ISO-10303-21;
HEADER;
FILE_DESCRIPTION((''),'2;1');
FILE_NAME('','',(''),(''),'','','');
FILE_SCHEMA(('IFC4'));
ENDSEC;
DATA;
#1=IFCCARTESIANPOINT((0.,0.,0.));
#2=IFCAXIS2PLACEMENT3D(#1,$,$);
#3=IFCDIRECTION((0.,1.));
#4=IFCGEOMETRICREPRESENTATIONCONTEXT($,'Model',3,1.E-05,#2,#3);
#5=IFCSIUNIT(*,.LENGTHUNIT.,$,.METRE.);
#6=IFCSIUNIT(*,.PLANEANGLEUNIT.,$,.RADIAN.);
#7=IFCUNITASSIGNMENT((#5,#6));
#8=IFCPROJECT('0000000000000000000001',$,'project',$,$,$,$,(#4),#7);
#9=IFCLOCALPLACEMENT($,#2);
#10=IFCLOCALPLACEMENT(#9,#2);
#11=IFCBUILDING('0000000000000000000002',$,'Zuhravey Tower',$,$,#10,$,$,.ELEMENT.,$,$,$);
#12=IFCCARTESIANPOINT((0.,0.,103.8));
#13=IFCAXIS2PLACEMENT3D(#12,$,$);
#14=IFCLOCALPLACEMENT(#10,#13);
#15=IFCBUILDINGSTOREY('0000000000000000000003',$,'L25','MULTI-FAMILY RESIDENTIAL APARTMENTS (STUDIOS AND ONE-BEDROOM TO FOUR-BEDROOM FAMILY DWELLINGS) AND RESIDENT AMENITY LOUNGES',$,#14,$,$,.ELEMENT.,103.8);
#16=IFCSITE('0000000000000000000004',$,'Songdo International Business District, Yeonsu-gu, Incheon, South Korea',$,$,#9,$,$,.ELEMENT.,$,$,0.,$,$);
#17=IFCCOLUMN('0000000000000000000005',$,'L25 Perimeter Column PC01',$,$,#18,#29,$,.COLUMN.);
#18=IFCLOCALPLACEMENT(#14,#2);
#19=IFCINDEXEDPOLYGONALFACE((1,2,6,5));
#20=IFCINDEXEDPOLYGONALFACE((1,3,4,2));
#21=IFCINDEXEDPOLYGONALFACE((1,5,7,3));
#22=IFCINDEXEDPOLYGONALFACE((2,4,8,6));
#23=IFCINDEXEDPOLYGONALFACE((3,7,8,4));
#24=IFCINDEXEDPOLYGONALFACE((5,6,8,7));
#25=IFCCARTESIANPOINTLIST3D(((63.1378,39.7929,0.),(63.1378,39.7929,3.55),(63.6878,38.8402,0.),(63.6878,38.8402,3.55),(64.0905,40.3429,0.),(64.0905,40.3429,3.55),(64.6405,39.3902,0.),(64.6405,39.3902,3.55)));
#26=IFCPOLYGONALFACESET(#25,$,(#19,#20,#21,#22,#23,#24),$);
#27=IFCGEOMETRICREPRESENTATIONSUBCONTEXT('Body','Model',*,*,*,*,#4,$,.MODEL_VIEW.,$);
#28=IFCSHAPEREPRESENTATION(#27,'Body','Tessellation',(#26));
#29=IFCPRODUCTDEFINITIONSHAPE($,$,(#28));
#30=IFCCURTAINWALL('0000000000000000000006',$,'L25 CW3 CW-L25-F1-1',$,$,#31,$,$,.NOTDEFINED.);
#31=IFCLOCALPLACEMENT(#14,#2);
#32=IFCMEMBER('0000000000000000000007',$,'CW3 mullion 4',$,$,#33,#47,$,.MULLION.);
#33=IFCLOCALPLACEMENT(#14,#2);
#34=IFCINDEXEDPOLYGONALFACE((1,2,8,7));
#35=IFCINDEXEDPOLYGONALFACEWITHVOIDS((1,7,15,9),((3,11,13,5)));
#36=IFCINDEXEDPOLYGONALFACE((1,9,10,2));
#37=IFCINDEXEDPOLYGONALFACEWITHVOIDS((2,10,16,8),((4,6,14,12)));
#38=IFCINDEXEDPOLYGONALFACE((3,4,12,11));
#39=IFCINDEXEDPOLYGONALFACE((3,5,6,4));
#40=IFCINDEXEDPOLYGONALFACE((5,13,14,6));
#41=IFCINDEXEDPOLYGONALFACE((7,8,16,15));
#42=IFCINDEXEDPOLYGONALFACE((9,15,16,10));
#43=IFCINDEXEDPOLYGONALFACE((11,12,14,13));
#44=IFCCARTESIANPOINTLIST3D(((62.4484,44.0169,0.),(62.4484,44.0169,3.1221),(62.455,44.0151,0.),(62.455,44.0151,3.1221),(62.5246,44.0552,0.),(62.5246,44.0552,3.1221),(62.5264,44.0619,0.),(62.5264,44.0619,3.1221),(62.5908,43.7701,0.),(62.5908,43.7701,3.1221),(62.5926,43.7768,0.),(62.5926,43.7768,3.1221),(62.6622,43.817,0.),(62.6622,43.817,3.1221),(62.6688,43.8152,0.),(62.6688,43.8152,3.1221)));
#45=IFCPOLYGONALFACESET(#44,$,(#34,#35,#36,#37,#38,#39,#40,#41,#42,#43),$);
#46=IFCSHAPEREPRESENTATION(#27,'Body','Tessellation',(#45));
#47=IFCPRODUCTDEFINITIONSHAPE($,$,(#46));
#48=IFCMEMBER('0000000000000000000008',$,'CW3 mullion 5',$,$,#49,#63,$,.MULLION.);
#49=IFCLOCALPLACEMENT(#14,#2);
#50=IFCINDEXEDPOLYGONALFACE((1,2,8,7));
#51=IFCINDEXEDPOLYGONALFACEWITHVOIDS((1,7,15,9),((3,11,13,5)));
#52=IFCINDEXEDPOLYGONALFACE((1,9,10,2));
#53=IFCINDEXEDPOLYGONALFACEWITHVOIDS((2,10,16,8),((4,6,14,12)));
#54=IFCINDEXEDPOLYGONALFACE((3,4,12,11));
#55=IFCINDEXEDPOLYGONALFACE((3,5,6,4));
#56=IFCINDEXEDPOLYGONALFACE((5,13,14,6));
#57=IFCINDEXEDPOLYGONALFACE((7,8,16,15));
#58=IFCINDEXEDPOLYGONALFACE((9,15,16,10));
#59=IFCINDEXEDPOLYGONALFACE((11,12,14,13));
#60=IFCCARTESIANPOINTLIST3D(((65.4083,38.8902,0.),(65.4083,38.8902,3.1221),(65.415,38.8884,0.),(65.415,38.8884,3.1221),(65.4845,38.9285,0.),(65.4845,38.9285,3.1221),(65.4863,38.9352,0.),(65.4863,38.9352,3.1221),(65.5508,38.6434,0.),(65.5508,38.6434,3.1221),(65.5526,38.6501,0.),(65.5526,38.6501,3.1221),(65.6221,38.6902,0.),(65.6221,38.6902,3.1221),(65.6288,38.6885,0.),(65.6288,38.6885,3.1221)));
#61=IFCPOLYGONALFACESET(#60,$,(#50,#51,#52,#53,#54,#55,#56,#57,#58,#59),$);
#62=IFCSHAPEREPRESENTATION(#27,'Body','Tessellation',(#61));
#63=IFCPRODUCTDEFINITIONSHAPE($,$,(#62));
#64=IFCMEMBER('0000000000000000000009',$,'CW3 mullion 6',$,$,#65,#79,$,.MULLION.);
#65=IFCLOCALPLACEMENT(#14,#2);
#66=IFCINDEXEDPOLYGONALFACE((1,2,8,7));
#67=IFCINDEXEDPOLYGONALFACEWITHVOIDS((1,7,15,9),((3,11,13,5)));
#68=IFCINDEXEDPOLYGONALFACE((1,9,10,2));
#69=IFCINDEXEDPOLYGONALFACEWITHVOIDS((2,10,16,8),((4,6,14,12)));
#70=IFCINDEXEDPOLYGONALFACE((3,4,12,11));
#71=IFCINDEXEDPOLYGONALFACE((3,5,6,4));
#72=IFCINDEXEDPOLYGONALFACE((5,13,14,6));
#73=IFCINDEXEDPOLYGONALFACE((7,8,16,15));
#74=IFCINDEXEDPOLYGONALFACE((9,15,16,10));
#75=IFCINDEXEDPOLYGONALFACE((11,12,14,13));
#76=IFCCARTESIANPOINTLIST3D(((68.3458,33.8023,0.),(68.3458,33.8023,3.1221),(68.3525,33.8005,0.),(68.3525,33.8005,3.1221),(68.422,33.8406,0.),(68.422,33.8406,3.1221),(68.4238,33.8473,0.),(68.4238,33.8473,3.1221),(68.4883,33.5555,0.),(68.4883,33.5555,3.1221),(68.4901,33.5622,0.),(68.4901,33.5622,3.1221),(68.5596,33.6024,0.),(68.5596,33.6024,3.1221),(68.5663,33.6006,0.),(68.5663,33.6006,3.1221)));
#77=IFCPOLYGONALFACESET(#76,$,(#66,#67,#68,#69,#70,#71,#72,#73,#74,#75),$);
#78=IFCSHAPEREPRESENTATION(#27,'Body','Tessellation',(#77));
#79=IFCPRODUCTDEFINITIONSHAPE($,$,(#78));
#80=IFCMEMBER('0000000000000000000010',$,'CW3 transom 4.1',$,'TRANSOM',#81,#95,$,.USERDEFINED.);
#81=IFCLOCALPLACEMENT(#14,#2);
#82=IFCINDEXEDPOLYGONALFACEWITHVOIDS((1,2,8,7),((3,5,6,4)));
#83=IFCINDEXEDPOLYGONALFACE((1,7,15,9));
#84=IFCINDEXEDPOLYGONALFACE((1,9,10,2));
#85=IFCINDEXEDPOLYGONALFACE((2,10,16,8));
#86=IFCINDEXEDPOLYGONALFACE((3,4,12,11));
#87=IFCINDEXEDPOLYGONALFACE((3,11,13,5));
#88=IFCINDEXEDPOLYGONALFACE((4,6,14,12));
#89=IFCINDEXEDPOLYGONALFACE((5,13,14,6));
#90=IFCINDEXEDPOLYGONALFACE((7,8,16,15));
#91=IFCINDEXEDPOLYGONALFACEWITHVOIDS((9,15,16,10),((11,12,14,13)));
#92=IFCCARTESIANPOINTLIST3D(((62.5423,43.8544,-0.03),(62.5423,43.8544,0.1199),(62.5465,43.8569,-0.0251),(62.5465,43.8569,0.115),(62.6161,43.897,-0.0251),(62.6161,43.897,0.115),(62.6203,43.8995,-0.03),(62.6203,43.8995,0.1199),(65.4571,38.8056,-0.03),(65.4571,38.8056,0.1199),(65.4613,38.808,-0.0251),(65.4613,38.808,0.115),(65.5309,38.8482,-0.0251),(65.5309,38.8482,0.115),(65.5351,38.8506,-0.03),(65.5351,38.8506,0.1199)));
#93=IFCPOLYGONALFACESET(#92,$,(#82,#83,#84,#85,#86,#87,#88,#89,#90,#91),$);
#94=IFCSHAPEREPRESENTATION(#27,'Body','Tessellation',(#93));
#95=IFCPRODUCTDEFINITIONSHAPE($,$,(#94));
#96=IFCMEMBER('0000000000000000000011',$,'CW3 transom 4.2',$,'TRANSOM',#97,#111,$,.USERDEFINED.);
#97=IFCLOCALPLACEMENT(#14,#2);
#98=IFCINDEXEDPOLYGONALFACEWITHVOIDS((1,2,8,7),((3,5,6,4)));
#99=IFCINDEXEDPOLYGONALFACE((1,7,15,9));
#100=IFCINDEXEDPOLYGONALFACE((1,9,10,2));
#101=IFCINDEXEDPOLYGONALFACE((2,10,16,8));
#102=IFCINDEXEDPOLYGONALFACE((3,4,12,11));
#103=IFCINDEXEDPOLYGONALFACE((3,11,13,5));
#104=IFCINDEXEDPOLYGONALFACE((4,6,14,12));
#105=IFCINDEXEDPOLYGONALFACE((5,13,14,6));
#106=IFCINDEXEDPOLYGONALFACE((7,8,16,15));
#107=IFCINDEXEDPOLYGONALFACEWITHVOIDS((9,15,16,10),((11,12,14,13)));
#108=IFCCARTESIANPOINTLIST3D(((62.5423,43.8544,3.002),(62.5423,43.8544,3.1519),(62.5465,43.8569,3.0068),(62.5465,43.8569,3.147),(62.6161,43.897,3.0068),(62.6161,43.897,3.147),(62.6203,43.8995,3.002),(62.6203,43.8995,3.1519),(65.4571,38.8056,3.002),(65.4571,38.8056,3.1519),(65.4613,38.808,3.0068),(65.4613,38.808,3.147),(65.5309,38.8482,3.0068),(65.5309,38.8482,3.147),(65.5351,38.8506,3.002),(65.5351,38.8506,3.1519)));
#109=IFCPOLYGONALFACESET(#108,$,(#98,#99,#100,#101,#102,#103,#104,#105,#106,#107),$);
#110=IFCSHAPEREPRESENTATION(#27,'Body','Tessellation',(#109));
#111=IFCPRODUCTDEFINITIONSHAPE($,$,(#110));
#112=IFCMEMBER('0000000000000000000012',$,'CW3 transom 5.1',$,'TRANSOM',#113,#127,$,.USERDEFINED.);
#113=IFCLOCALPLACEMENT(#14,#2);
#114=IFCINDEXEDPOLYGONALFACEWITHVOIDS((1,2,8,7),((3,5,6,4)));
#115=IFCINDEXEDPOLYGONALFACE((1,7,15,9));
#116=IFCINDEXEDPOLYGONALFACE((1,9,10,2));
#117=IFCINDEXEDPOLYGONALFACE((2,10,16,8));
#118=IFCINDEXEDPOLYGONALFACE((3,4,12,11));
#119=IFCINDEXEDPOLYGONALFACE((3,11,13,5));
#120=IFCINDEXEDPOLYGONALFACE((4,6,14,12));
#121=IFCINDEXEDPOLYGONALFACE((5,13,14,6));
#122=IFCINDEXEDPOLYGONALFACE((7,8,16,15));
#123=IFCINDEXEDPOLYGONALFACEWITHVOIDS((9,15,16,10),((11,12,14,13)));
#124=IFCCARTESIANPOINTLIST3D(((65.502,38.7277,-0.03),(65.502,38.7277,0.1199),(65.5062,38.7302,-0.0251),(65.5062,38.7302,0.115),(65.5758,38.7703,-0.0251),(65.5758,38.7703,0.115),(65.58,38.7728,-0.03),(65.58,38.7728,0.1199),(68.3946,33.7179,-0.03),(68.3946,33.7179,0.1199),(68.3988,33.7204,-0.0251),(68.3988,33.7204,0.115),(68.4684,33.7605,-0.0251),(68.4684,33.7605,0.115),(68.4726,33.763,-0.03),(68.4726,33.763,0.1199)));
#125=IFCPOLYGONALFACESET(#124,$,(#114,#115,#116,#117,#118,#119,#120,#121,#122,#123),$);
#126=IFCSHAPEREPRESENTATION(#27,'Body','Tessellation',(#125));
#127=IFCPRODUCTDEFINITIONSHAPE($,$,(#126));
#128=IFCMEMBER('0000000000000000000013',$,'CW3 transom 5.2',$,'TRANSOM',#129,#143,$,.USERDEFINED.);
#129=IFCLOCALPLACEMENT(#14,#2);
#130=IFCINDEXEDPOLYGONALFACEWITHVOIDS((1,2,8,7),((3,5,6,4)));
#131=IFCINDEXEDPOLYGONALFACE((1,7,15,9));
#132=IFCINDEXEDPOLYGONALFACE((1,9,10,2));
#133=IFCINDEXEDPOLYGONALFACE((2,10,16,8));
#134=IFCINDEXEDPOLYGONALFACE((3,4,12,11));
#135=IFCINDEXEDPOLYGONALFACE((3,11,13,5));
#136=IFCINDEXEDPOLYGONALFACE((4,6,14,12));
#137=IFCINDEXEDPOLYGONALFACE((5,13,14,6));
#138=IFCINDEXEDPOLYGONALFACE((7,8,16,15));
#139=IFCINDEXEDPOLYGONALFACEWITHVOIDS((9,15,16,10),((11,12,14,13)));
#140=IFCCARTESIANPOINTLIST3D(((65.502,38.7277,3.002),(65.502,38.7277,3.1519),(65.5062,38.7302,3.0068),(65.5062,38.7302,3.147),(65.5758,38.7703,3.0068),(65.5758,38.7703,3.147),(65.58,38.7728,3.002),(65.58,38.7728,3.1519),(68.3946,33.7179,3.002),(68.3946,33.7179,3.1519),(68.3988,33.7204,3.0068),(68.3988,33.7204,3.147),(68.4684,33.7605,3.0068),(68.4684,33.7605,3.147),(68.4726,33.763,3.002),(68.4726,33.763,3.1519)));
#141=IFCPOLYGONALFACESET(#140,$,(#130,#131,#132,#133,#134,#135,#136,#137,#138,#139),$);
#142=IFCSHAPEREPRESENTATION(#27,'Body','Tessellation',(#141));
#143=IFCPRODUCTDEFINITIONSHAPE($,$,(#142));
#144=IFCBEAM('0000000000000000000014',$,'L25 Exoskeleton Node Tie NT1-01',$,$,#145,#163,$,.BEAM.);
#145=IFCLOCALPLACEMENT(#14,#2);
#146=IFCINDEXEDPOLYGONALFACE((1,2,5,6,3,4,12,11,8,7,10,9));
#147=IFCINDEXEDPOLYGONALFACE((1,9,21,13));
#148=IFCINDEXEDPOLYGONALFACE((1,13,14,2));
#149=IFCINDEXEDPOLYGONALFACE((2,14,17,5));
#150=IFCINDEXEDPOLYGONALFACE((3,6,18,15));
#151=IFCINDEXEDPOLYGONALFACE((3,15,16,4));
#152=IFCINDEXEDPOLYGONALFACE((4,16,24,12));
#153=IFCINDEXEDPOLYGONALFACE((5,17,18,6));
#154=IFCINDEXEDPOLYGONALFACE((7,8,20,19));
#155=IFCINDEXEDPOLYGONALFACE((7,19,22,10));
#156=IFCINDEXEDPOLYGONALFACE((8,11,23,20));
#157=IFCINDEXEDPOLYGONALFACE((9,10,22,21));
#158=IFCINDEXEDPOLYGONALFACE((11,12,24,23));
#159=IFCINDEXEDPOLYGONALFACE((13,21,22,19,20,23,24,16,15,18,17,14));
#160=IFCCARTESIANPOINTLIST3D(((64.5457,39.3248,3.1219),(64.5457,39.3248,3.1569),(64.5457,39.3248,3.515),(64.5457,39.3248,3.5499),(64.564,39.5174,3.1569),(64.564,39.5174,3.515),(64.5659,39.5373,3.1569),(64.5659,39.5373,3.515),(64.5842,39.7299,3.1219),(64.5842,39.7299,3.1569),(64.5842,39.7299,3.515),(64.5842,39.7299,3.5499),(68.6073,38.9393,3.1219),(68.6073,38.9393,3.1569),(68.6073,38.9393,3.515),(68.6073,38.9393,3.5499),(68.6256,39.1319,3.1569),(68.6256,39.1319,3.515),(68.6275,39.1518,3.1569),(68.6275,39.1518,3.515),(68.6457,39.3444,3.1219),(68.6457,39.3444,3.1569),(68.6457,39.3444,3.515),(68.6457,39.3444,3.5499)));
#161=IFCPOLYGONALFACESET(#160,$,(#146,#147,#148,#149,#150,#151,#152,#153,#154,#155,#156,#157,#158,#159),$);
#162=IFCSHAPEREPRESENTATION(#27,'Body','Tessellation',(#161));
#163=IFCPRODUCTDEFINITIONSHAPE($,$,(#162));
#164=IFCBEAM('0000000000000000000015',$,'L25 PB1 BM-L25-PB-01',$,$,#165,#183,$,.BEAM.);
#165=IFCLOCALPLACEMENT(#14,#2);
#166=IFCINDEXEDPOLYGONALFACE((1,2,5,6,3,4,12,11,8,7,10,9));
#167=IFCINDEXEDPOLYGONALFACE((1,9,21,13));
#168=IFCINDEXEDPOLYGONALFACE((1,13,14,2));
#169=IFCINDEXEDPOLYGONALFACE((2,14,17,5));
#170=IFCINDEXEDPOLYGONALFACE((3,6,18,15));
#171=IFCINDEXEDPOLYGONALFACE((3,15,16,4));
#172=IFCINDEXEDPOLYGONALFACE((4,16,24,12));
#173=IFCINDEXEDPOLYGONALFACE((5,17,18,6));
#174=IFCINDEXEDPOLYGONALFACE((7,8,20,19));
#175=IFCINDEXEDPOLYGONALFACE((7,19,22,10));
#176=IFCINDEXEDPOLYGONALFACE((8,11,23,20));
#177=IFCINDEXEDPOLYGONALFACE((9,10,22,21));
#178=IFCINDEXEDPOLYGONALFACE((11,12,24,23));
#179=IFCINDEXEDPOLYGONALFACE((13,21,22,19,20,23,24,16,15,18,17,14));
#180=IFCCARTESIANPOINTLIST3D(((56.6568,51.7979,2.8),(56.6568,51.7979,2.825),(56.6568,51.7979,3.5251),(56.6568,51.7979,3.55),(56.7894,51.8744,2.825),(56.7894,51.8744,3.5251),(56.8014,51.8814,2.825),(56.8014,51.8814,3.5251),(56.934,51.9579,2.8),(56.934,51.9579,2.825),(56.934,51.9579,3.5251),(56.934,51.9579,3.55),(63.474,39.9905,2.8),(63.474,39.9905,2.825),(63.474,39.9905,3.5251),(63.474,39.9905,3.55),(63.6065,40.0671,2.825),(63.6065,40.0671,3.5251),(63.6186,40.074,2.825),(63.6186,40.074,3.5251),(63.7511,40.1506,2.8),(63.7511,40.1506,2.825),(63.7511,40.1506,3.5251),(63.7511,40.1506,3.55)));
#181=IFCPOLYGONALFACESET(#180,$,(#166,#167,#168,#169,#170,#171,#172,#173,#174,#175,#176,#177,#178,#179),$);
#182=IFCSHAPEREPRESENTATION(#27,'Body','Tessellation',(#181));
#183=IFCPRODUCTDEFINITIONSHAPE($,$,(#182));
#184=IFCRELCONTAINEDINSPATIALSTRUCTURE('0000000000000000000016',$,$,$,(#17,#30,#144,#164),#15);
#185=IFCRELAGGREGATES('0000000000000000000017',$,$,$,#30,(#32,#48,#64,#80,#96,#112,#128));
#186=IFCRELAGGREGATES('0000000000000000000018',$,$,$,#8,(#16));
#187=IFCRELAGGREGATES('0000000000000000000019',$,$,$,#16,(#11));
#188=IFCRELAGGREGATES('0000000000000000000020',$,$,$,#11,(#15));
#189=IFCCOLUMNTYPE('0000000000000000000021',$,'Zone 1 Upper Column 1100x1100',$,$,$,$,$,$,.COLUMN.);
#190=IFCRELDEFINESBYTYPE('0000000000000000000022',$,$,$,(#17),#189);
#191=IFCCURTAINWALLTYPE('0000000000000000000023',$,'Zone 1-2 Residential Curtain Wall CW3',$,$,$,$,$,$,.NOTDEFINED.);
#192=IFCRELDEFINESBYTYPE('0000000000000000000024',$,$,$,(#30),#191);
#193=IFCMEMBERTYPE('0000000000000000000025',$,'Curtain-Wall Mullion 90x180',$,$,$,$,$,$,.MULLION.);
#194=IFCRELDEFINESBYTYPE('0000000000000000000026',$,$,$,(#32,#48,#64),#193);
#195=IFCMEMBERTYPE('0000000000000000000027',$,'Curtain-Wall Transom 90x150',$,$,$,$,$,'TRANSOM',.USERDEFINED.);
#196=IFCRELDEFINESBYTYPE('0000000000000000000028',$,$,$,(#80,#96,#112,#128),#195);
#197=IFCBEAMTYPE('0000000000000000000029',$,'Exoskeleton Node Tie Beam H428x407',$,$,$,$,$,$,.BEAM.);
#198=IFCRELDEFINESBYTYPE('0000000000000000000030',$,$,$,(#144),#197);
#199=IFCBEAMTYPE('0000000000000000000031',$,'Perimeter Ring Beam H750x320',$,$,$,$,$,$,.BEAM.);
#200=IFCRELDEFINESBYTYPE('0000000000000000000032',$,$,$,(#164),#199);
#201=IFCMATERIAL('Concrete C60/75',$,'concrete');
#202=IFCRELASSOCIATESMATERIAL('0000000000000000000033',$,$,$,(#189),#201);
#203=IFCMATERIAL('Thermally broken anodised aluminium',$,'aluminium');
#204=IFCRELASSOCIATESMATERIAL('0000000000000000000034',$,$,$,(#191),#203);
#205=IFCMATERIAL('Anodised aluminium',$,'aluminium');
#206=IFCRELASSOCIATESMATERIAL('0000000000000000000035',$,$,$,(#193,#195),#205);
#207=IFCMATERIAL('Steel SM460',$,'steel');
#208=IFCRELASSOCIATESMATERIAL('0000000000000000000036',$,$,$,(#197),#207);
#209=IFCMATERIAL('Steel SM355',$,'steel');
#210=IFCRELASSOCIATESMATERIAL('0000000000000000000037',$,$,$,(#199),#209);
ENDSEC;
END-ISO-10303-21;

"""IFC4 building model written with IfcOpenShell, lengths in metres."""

from ifc_helpers import new_model, si_unit, direction, frame, origin, origin_2d, place, context, subcontext, project, spatial, rectangle, hollow_rectangle, i_section, extrude, material, material_profile, profile_set, type_object, element, aggregate, save


model = new_model("IFC4")

# Units and contexts
model_context = context("Model", 3, precision=1e-05, world=origin(), true_north=direction((0.0, 1.0)))
body_context = subcontext(model_context, "Body", "Model", "MODEL_VIEW")
ifc_project = project(units=[si_unit("LENGTHUNIT", "METRE"), si_unit("PLANEANGLEUNIT", "RADIAN")], contexts=[model_context])

# Site, building, storey
site_placement = place(None, origin())
site = spatial("IfcSite", under=ifc_project, at=site_placement, Name="Songdo International Business District, Yeonsu-gu, Incheon, South Korea", CompositionType="ELEMENT", RefElevation=0.0)
building_placement = place(site_placement, origin())
building = spatial("IfcBuilding", under=site, at=building_placement, Name="Zuhravey Tower", CompositionType="ELEMENT")
storey_placement = place(building_placement, frame((0.0, 0.0, 103.8)))
storey = spatial("IfcBuildingStorey", under=building, at=storey_placement, Name="L25", Description="MULTI-FAMILY RESIDENTIAL APARTMENTS (STUDIOS AND ONE-BEDROOM TO FOUR-BEDROOM FAMILY DWELLINGS) AND RESIDENT AMENITY LOUNGES", CompositionType="ELEMENT", Elevation=103.8)

# Column
ifc_material_1 = material(Name="Concrete C60/75", Category="concrete")
ifc_material_profile_1 = material_profile(ifc_material_1, rectangle(XDim=1.1001, YDim=1.1001, at=origin_2d()), Name="RC-1100x1100")
ifc_profile_set_1 = profile_set([ifc_material_profile_1], Name="Concrete C60/75")
column_type = type_object("IfcColumnType", Name="Zone 1 Upper Column 1100x1100", PredefinedType="COLUMN", material=ifc_profile_set_1)
column_placement = place(storey_placement, frame((63.8892, 39.5916, 0.0), z_axis=(0.0, 0.0, 1.0), x_axis=(-0.5, 0.866025, 0.0)))
element("IfcColumn", 1, at=column_placement, inside=storey, type_object=column_type, Name="L25 Perimeter Column PC01", PredefinedType="COLUMN", context=body_context, shape_type="SweptSolid", body=[
    extrude(rectangle(XDim=1.1001, YDim=1.1001, at=origin_2d()), origin(), (0.0, 0.0, 1.0), 3.55),
])

# Curtain wall, members
ifc_material_2 = material(Name="Thermally broken anodised aluminium", Category="aluminium")
curtain_wall_type = type_object("IfcCurtainWallType", Name="Zone 1-2 Residential Curtain Wall CW3", PredefinedType="NOTDEFINED", material=ifc_material_2)
curtain_wall_placement = place(storey_placement, origin())
curtain_wall = element("IfcCurtainWall", 2, at=curtain_wall_placement, inside=storey, type_object=curtain_wall_type, Name="L25 CW3 CW-L25-F1-1", PredefinedType="NOTDEFINED")
ifc_material_3 = material(Name="Anodised aluminium", Category="aluminium")
ifc_material_profile_2 = material_profile(ifc_material_3, hollow_rectangle(XDim=0.0901, YDim=0.2849, WallThickness=0.0049, at=origin_2d()), Name="ALU-RHS-90x285x5")
ifc_profile_set_2 = profile_set([ifc_material_profile_2], Name="Anodised aluminium")
member_type_1 = type_object("IfcMemberType", Name="Curtain-Wall Mullion 90x180", PredefinedType="MULLION", material=ifc_profile_set_2)
member_1_placement = place(storey_placement, frame((62.5586, 43.916, 0.0), z_axis=(0.0, 0.0, 1.0), x_axis=(0.866026, 0.5, 0.0)))
member_1 = element("IfcMember", 3, at=member_1_placement, type_object=member_type_1, Name="CW3 mullion 4", PredefinedType="MULLION", context=body_context, shape_type="SweptSolid", body=[
    extrude(hollow_rectangle(XDim=0.0901, YDim=0.2849, WallThickness=0.0049, at=origin_2d()), origin(), (0.0, 0.0, 1.0), 3.1221),
])
member_2_placement = place(storey_placement, frame((65.5186, 38.7893, 0.0), z_axis=(0.0, 0.0, 1.0), x_axis=(0.866026, 0.5, 0.0)))
member_2 = element("IfcMember", 4, at=member_2_placement, type_object=member_type_1, Name="CW3 mullion 5", PredefinedType="MULLION", context=body_context, shape_type="SweptSolid", body=[
    extrude(hollow_rectangle(XDim=0.0901, YDim=0.2849, WallThickness=0.0049, at=origin_2d()), origin(), (0.0, 0.0, 1.0), 3.1221),
])
member_3_placement = place(storey_placement, frame((68.4561, 33.7014, 0.0), z_axis=(0.0, 0.0, 1.0), x_axis=(0.866026, 0.5, 0.0)))
member_3 = element("IfcMember", 5, at=member_3_placement, type_object=member_type_1, Name="CW3 mullion 6", PredefinedType="MULLION", context=body_context, shape_type="SweptSolid", body=[
    extrude(hollow_rectangle(XDim=0.0901, YDim=0.2849, WallThickness=0.0049, at=origin_2d()), origin(), (0.0, 0.0, 1.0), 3.1221),
])
ifc_material_profile_3 = material_profile(ifc_material_3, hollow_rectangle(XDim=0.0901, YDim=0.1499, WallThickness=0.0049, at=origin_2d()), Name="ALU-RHS-90x150x5")
ifc_profile_set_3 = profile_set([ifc_material_profile_3], Name="Anodised aluminium")
member_type_2 = type_object("IfcMemberType", Name="Curtain-Wall Transom 90x150", ElementType="TRANSOM", PredefinedType="USERDEFINED", material=ifc_profile_set_3)
member_4_placement = place(storey_placement, frame((62.5813, 43.877, 0.0449), z_axis=(0.499981, -0.866036, 0.0), x_axis=(0.866036, 0.499981, 0.0)))
member_4 = element("IfcMember", 6, at=member_4_placement, type_object=member_type_2, Name="CW3 transom 4.1", ObjectType="TRANSOM", PredefinedType="USERDEFINED", context=body_context, shape_type="SweptSolid", body=[
    extrude(hollow_rectangle(XDim=0.0901, YDim=0.1499, WallThickness=0.0049, at=origin_2d()), origin(), (0.0, 0.0, 1.0), 5.8298),
])
member_5_placement = place(storey_placement, frame((62.5813, 43.877, 3.0769), z_axis=(0.499981, -0.866036, 0.0), x_axis=(0.866036, 0.499981, 0.0)))
member_5 = element("IfcMember", 7, at=member_5_placement, type_object=member_type_2, Name="CW3 transom 4.2", ObjectType="TRANSOM", PredefinedType="USERDEFINED", context=body_context, shape_type="SweptSolid", body=[
    extrude(hollow_rectangle(XDim=0.0901, YDim=0.1499, WallThickness=0.0049, at=origin_2d()), origin(), (0.0, 0.0, 1.0), 5.8298),
])
member_6_placement = place(storey_placement, frame((65.541, 38.7502, 0.0449), z_axis=(0.500024, -0.866011, 0.0), x_axis=(0.866011, 0.500024, 0.0)))
member_6 = element("IfcMember", 8, at=member_6_placement, type_object=member_type_2, Name="CW3 transom 5.1", ObjectType="TRANSOM", PredefinedType="USERDEFINED", context=body_context, shape_type="SweptSolid", body=[
    extrude(hollow_rectangle(XDim=0.0901, YDim=0.1499, WallThickness=0.0049, at=origin_2d()), origin(), (0.0, 0.0, 1.0), 5.7849),
])
member_7_placement = place(storey_placement, frame((65.541, 38.7502, 3.0769), z_axis=(0.500024, -0.866011, 0.0), x_axis=(0.866011, 0.500024, 0.0)))
member_7 = element("IfcMember", 9, at=member_7_placement, type_object=member_type_2, Name="CW3 transom 5.2", ObjectType="TRANSOM", PredefinedType="USERDEFINED", context=body_context, shape_type="SweptSolid", body=[
    extrude(hollow_rectangle(XDim=0.0901, YDim=0.1499, WallThickness=0.0049, at=origin_2d()), origin(), (0.0, 0.0, 1.0), 5.7849),
])

# Beams
ifc_material_4 = material(Name="Steel SM460", Category="steel")
ifc_material_profile_4 = material_profile(ifc_material_4, i_section(OverallWidth=0.407, OverallDepth=0.428, WebThickness=0.02, FlangeThickness=0.0349, at=origin_2d()), Name="H-428x407x20x35")
ifc_profile_set_4 = profile_set([ifc_material_profile_4], Name="Steel SM460")
beam_type_1 = type_object("IfcBeamType", Name="Exoskeleton Node Tie Beam H428x407", PredefinedType="BEAM", material=ifc_profile_set_4)
beam_1_placement = place(storey_placement, frame((64.5649, 39.5273, 3.3359), z_axis=(0.995526, -0.09449, 0.0), x_axis=(0.09449, 0.995526, 0.0)))
element("IfcBeam", 10, at=beam_1_placement, inside=storey, type_object=beam_type_1, Name="L25 Exoskeleton Node Tie NT1-01", PredefinedType="BEAM", context=body_context, shape_type="SweptSolid", body=[
    extrude(i_section(OverallWidth=0.407, OverallDepth=0.428, WebThickness=0.02, FlangeThickness=0.0349, at=origin_2d()), origin(), (0.0, 0.0, 1.0), 4.0798),
])
ifc_material_5 = material(Name="Steel SM355", Category="steel")
ifc_material_profile_5 = material_profile(ifc_material_5, i_section(OverallWidth=0.3201, OverallDepth=0.75, WebThickness=0.0139, FlangeThickness=0.0249, at=origin_2d()), Name="H-750x320x14x25")
ifc_profile_set_5 = profile_set([ifc_material_profile_5], Name="Steel SM355")
beam_type_2 = type_object("IfcBeamType", Name="Perimeter Ring Beam H750x320", PredefinedType="BEAM", material=ifc_profile_set_5)
beam_2_placement = place(storey_placement, frame((63.6125, 40.0706, 3.175), z_axis=(-0.500008, 0.866021, 0.0), x_axis=(-0.866021, -0.500008, 0.0)))
element("IfcBeam", 11, at=beam_2_placement, inside=storey, type_object=beam_type_2, Name="L25 PB1 BM-L25-PB-01", PredefinedType="BEAM", context=body_context, shape_type="SweptSolid", body=[
    extrude(i_section(OverallWidth=0.3201, OverallDepth=0.75, WebThickness=0.0139, FlangeThickness=0.0249, at=origin_2d()), origin(), (0.0, 0.0, 1.0), 13.634),
])

aggregate(curtain_wall, [member_1, member_2, member_3, member_4, member_5, member_6, member_7])

save(model, "model.ifc")
